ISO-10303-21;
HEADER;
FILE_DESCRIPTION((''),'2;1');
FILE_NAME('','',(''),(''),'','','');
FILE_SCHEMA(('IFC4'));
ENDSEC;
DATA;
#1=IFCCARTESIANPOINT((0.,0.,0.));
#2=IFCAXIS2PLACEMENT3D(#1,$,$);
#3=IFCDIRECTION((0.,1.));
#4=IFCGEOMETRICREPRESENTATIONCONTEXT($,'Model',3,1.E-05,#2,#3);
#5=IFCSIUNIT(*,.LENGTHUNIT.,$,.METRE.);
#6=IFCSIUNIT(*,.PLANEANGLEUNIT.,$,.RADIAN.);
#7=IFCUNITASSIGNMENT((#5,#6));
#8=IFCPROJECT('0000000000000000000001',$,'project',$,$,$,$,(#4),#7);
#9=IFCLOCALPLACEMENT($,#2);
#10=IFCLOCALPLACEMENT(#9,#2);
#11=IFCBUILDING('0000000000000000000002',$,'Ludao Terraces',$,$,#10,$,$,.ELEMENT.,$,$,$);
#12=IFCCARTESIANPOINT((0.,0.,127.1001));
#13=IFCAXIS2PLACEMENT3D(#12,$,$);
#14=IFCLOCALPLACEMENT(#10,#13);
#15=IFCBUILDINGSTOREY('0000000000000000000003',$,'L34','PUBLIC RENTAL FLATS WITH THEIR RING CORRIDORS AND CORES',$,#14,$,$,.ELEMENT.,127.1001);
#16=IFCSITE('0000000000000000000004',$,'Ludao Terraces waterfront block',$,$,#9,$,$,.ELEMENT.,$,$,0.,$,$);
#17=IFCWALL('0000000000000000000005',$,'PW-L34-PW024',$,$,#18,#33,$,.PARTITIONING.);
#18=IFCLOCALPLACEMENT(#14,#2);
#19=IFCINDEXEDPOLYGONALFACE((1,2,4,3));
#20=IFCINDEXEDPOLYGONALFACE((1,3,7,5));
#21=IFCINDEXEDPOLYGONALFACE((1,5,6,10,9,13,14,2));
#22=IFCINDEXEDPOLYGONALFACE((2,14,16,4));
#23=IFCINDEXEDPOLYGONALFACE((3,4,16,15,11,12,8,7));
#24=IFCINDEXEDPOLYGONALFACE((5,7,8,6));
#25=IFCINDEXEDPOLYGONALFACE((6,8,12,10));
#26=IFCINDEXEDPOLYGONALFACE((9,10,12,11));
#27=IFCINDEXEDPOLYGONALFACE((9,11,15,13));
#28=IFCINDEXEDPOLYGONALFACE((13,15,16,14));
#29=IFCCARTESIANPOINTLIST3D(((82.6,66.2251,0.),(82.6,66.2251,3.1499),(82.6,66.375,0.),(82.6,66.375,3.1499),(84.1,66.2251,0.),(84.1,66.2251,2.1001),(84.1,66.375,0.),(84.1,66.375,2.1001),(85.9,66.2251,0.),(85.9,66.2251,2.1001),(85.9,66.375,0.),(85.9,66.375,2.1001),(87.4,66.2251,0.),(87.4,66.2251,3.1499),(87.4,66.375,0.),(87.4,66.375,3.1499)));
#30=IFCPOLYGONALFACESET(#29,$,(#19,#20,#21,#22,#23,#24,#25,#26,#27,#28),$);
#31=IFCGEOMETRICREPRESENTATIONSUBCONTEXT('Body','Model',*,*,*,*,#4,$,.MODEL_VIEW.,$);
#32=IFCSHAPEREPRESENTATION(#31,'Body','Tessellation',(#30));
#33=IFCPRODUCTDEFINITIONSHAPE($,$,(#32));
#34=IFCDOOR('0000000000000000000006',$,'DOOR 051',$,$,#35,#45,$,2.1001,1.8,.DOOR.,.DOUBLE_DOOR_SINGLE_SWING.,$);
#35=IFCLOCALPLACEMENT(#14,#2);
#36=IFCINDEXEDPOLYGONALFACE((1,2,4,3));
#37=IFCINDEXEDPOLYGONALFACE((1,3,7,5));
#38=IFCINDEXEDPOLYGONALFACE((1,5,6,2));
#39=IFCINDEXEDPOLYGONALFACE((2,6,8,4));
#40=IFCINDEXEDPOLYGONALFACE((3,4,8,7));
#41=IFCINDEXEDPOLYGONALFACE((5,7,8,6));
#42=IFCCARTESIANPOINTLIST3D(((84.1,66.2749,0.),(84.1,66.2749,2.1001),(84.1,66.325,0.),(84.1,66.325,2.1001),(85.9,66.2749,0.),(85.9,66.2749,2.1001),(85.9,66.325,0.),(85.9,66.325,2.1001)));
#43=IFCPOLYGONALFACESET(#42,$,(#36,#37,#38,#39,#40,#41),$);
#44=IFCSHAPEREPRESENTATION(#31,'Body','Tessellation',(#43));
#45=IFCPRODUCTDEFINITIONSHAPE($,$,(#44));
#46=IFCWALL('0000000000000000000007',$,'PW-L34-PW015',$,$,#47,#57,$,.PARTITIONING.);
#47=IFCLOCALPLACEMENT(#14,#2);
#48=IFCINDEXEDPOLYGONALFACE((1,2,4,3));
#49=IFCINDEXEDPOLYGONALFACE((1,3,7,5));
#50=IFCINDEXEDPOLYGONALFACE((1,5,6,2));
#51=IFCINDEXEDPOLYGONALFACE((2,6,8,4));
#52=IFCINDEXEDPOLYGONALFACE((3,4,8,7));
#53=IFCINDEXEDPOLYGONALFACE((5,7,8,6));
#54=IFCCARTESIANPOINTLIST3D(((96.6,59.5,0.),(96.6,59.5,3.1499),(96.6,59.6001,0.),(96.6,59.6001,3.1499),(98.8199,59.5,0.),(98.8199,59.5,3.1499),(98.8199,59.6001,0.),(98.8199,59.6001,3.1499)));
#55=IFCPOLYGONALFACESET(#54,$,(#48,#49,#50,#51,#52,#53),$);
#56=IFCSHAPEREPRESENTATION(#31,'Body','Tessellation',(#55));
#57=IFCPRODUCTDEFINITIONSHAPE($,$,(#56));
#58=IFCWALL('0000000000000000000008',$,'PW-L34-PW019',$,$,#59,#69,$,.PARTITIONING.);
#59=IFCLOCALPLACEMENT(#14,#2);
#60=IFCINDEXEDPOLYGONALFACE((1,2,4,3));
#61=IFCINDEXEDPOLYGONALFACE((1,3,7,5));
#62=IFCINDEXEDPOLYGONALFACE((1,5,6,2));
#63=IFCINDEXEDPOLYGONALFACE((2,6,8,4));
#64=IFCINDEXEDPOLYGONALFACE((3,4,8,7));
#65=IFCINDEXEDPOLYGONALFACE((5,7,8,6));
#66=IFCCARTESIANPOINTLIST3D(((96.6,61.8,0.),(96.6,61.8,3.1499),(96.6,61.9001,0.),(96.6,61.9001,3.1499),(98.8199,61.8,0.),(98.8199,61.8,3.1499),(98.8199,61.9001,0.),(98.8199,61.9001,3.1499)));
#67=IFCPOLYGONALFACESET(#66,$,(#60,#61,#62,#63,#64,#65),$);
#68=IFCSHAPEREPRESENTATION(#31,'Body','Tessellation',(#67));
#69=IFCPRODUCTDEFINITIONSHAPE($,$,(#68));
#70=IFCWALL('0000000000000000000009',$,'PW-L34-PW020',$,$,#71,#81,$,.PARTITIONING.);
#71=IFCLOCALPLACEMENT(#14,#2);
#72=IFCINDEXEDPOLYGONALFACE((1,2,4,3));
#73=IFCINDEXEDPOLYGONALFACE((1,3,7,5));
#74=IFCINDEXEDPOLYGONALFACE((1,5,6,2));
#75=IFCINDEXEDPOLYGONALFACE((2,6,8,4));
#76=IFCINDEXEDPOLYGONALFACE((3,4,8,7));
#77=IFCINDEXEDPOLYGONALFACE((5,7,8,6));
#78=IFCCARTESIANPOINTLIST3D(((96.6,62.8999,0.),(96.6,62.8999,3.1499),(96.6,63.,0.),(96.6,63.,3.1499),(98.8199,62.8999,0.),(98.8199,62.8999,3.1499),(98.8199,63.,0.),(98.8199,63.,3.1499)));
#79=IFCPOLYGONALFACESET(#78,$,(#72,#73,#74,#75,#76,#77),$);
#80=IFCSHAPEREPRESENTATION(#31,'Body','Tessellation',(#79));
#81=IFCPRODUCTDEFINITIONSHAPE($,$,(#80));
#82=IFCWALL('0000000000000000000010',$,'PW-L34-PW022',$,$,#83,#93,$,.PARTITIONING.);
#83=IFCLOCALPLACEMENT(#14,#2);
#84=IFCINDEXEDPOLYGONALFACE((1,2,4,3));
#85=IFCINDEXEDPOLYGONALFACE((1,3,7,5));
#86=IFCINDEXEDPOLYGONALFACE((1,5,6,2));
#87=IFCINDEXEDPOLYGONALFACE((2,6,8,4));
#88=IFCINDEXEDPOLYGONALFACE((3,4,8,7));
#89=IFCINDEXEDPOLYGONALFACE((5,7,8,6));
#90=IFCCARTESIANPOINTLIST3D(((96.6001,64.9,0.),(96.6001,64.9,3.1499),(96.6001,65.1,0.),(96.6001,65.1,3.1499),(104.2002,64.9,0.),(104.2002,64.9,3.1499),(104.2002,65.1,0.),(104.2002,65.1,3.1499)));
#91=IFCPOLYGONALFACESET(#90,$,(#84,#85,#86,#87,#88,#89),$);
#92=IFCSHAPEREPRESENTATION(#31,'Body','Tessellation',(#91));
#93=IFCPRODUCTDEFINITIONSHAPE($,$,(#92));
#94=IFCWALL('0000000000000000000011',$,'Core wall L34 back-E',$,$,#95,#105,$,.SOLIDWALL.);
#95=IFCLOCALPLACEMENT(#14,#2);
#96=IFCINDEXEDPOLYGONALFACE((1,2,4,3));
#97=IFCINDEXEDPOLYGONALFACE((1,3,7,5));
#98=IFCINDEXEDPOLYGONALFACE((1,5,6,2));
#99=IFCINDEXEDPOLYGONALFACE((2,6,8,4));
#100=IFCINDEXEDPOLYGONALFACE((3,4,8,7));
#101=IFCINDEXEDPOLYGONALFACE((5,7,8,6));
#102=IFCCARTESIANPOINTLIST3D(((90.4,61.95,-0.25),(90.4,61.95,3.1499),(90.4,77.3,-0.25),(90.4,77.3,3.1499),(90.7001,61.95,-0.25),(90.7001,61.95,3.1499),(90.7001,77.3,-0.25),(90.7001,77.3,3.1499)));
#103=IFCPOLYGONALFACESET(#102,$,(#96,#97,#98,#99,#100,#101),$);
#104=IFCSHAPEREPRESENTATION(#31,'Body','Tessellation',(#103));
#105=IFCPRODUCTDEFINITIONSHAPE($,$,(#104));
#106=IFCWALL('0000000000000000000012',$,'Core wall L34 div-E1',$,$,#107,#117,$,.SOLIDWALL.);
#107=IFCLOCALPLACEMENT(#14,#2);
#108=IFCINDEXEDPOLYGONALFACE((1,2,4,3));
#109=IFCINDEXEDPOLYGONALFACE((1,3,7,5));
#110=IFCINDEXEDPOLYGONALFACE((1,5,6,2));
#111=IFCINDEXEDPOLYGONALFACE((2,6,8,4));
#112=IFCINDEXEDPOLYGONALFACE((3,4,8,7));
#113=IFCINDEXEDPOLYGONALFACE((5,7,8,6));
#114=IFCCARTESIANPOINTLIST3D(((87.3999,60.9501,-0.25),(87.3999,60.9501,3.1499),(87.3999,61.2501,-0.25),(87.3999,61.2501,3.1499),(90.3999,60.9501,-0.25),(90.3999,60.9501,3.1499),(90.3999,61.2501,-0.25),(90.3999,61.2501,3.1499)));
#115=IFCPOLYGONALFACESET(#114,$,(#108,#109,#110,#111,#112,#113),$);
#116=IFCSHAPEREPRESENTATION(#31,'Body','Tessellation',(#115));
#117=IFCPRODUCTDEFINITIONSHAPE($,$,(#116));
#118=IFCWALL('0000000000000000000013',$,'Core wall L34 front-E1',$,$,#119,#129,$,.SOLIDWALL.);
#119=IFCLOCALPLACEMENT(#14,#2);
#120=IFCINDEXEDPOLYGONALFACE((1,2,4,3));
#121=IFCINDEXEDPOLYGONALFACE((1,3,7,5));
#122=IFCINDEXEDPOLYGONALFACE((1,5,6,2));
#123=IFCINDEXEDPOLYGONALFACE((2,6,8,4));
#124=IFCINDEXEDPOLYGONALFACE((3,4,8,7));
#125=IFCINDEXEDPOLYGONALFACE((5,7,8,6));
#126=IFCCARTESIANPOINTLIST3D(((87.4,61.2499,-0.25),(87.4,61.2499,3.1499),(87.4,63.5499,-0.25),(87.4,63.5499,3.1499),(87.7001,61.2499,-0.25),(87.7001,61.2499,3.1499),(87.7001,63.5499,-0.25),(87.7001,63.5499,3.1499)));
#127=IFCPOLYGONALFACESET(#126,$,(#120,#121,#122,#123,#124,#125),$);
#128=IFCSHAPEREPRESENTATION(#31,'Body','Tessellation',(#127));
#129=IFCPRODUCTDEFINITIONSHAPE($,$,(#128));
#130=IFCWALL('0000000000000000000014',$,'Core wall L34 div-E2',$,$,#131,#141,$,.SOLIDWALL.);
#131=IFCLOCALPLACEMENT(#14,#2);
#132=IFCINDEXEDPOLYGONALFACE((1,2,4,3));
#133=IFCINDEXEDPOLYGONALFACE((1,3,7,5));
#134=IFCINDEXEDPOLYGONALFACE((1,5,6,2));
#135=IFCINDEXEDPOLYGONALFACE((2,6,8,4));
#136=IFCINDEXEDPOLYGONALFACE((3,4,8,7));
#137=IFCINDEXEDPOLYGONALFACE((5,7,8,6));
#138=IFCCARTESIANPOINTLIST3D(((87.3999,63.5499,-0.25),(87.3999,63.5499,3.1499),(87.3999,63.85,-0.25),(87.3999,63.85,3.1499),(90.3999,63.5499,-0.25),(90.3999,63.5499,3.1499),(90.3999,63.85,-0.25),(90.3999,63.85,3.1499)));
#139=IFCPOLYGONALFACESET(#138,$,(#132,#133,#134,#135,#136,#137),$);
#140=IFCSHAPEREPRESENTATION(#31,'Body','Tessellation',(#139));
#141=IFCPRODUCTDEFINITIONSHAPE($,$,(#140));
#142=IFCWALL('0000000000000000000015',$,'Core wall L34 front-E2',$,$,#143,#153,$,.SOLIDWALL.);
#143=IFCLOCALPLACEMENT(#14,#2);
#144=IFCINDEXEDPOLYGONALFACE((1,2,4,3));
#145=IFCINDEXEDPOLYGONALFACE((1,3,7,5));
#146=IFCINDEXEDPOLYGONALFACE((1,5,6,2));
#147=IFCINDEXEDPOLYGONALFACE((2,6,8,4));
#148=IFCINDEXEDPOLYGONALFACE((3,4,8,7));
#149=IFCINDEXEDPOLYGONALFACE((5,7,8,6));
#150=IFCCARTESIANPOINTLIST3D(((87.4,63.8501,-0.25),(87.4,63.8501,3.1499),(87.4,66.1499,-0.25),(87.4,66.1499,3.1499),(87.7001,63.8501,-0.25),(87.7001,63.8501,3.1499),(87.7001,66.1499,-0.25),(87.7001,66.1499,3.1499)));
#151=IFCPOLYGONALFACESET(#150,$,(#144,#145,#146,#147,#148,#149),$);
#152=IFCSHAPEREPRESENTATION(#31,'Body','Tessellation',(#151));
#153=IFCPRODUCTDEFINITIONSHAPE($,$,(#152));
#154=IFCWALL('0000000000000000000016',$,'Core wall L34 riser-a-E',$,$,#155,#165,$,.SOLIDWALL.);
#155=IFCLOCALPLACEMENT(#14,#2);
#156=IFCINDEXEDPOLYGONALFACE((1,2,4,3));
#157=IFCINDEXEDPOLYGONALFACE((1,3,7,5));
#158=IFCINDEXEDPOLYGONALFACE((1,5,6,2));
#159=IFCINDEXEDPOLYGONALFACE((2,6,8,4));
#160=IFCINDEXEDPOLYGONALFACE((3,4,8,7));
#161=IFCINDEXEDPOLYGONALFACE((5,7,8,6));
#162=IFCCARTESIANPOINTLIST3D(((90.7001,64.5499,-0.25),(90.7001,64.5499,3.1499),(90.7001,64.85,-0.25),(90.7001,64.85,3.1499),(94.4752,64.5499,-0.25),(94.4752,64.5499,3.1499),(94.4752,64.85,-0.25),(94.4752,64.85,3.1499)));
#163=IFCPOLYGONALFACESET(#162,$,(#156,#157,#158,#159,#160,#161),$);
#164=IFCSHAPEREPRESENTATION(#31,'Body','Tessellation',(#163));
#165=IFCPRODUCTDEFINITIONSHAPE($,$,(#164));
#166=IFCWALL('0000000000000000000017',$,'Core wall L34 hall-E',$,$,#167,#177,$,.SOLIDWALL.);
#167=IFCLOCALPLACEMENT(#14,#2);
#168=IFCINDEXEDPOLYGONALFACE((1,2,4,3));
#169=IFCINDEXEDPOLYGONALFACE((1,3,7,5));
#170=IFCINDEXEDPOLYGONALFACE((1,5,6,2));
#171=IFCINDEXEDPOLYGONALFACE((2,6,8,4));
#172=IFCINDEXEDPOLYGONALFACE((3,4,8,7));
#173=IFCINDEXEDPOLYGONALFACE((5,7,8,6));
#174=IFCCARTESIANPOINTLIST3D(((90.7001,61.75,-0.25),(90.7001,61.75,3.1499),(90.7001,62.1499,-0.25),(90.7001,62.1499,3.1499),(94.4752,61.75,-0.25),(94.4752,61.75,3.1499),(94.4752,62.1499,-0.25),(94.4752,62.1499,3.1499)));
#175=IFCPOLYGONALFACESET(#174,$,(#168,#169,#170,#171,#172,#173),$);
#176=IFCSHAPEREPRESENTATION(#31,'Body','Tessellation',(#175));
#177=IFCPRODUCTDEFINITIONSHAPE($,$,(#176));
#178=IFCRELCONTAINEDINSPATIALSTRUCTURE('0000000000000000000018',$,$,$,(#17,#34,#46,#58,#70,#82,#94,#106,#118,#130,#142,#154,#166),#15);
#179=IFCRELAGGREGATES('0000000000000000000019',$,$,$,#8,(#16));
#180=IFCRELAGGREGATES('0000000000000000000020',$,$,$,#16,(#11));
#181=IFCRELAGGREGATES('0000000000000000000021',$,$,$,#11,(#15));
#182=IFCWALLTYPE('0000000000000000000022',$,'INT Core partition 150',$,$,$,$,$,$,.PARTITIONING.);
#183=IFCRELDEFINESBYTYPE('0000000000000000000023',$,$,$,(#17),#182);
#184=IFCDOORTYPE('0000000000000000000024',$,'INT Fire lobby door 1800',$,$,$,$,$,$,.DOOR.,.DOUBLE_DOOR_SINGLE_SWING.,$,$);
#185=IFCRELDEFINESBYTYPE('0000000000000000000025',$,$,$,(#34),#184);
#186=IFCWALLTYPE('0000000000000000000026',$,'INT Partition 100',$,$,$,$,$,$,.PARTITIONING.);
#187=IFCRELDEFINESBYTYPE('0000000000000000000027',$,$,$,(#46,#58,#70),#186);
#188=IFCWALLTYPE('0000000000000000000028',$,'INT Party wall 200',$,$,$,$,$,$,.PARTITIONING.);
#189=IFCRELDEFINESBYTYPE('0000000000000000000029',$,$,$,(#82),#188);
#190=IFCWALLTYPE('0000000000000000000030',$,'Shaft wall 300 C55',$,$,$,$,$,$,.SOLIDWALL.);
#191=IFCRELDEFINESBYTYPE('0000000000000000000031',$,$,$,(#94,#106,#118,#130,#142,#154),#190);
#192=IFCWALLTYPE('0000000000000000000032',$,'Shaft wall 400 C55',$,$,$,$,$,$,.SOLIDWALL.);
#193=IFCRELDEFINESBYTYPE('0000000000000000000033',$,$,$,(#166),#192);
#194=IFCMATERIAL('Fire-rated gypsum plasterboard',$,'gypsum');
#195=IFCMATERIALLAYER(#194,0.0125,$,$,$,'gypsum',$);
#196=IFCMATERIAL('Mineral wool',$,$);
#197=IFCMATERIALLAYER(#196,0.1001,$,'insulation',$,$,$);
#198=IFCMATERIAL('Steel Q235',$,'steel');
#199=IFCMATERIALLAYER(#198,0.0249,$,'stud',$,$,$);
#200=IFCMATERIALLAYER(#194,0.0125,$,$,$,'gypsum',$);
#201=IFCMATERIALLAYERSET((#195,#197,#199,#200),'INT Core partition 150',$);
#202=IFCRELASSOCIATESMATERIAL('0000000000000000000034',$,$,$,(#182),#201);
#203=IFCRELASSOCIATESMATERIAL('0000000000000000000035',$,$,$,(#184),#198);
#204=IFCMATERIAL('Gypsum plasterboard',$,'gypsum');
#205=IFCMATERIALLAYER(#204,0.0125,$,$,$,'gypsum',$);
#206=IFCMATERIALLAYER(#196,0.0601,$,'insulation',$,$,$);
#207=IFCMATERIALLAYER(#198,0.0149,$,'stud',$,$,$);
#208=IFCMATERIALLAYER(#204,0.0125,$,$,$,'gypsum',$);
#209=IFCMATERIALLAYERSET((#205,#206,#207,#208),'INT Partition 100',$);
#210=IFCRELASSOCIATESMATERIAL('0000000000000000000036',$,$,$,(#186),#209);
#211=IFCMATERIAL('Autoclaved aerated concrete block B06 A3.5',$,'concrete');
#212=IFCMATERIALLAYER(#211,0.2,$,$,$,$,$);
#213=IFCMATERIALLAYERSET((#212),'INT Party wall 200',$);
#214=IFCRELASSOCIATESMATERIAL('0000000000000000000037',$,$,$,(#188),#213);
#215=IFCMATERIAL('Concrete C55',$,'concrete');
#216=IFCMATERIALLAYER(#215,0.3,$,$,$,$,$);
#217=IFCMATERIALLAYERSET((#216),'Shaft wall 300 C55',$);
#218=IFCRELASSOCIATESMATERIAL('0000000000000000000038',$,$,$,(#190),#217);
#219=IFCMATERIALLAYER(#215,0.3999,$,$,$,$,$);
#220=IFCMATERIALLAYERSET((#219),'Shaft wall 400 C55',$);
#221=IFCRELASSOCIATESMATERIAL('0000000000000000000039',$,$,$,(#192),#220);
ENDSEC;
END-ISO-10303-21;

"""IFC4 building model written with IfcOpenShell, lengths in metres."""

from ifc_helpers import new_model, si_unit, direction, frame, frame_2d, origin, place, context, subcontext, project, spatial, rectangle, extrude, material, layer, layer_set, type_object, element, fill, save


model = new_model("IFC4")

# Units and contexts
model_context = context("Model", 3, precision=1e-05, world=origin(), true_north=direction((0.0, 1.0)))
body_context = subcontext(model_context, "Body", "Model", "MODEL_VIEW")
ifc_project = project(units=[si_unit("LENGTHUNIT", "METRE"), si_unit("PLANEANGLEUNIT", "RADIAN")], contexts=[model_context])

# Site, building, storey
site_placement = place(None, origin())
site = spatial("IfcSite", under=ifc_project, at=site_placement, Name="Ludao Terraces waterfront block", CompositionType="ELEMENT", RefElevation=0.0)
building_placement = place(site_placement, origin())
building = spatial("IfcBuilding", under=site, at=building_placement, Name="Ludao Terraces", CompositionType="ELEMENT")
storey_placement = place(building_placement, frame((0.0, 0.0, 127.1001)))
storey = spatial("IfcBuildingStorey", under=building, at=storey_placement, Name="L34", Description="PUBLIC RENTAL FLATS WITH THEIR RING CORRIDORS AND CORES", CompositionType="ELEMENT", Elevation=127.1001)

# Shared definitions
ifc_material_1 = material(Name="Steel Q235", Category="steel")

# Wall, opening, door
ifc_material_2 = material(Name="Fire-rated gypsum plasterboard", Category="gypsum")
ifc_layer_1 = layer(ifc_material_2, 0.0125, Category="gypsum")
ifc_material_3 = material(Name="Mineral wool")
ifc_layer_2 = layer(ifc_material_3, 0.1001, Name="insulation")
ifc_layer_3 = layer(ifc_material_1, 0.0249, Name="stud")
ifc_layer_4 = layer(ifc_material_2, 0.0125, Category="gypsum")
ifc_layer_set_1 = layer_set([ifc_layer_1, ifc_layer_2, ifc_layer_3, ifc_layer_4], Name="INT Core partition 150")
wall_type_1 = type_object("IfcWallType", Name="INT Core partition 150", PredefinedType="PARTITIONING", material=ifc_layer_set_1)
door_type_1 = type_object("IfcDoorType", Name="INT Fire lobby door 1800", OperationType="DOUBLE_DOOR_SINGLE_SWING", PredefinedType="DOOR", material=ifc_material_1)
wall_1_placement = place(storey_placement, frame((82.6001, 66.3, 0.0), z_axis=(0.0, 0.0, 1.0), x_axis=(1.0, 0.0, 0.0)))
wall_1 = element("IfcWall", 1, at=wall_1_placement, inside=storey, type_object=wall_type_1, Name="PW-L34-PW024", PredefinedType="PARTITIONING", context=body_context, shape_type="SweptSolid", body=[
    extrude(rectangle(XDim=4.8, YDim=0.1499, at=frame_2d((2.3999, 0.0))), origin(), (0.0, 0.0, 1.0), 3.1499),
])
opening_1_placement = place(wall_1_placement, frame((1.5, 0.0, 0.0)))
opening_1 = element("IfcOpeningElement", 2, at=opening_1_placement, cuts=wall_1, PredefinedType="OPENING", context=body_context, shape_type="SweptSolid", body=[
    extrude(rectangle(XDim=1.8, YDim=2.1001, at=frame_2d((0.8999, 1.05))), frame((0.0, 0.085, 0.0), z_axis=(0.0, -1.0, 0.0), x_axis=(1.0, 0.0, 0.0)), (0.0, 0.0, 1.0), 0.1699),
])
door_1_placement = place(opening_1_placement, origin())
door_1 = element("IfcDoor", 3, at=door_1_placement, inside=storey, type_object=door_type_1, Name="DOOR 051", OperationType="DOUBLE_DOOR_SINGLE_SWING", OverallHeight=2.1001, OverallWidth=1.8, PredefinedType="DOOR", context=body_context, shape_type="SweptSolid", body=[
    extrude(rectangle(XDim=1.8, YDim=2.1001, at=frame_2d((0.8999, 1.05))), frame((0.0, 0.0249, 0.0), z_axis=(0.0, -1.0, 0.0), x_axis=(1.0, 0.0, 0.0)), (0.0, 0.0, 1.0), 0.05),
])
fill(opening_1, door_1)

# Walls
ifc_material_4 = material(Name="Gypsum plasterboard", Category="gypsum")
ifc_layer_5 = layer(ifc_material_4, 0.0125, Category="gypsum")
ifc_layer_6 = layer(ifc_material_3, 0.0601, Name="insulation")
ifc_layer_7 = layer(ifc_material_1, 0.0149, Name="stud")
ifc_layer_8 = layer(ifc_material_4, 0.0125, Category="gypsum")
ifc_layer_set_2 = layer_set([ifc_layer_5, ifc_layer_6, ifc_layer_7, ifc_layer_8], Name="INT Partition 100")
wall_type_2 = type_object("IfcWallType", Name="INT Partition 100", PredefinedType="PARTITIONING", material=ifc_layer_set_2)
for number, where, z_axis, x_axis, name in (
    (4, (96.6001, 59.55, 0.0), (0.0, 0.0, 1.0), (1.0, 0.0, 0.0), "PW-L34-PW015"),
    (5, (96.6001, 61.8501, 0.0), (0.0, 0.0, 1.0), (1.0, 0.0, 0.0), "PW-L34-PW019"),
    (6, (96.6001, 62.95, 0.0), (0.0, 0.0, 1.0), (1.0, 0.0, 0.0), "PW-L34-PW020"),
):
    element("IfcWall", number, at=place(storey_placement, frame(where, z_axis=z_axis, x_axis=x_axis)), inside=storey, type_object=wall_type_2, Name=name, PredefinedType="PARTITIONING", context=body_context, shape_type="SweptSolid", body=[
        extrude(rectangle(XDim=2.22, YDim=0.1001, at=frame_2d((1.1099, 0.0))), origin(), (0.0, 0.0, 1.0), 3.1499),
    ])
ifc_material_5 = material(Name="Autoclaved aerated concrete block B06 A3.5", Category="concrete")
ifc_layer_9 = layer(ifc_material_5, 0.2)
ifc_layer_set_3 = layer_set([ifc_layer_9], Name="INT Party wall 200")
wall_type_3 = type_object("IfcWallType", Name="INT Party wall 200", PredefinedType="PARTITIONING", material=ifc_layer_set_3)
wall_2_placement = place(storey_placement, frame((96.6001, 65.0, 0.0), z_axis=(0.0, 0.0, 1.0), x_axis=(1.0, 0.0, 0.0)))
element("IfcWall", 7, at=wall_2_placement, inside=storey, type_object=wall_type_3, Name="PW-L34-PW022", PredefinedType="PARTITIONING", context=body_context, shape_type="SweptSolid", body=[
    extrude(rectangle(XDim=7.6001, YDim=0.2, at=frame_2d((3.8, 0.0))), origin(), (0.0, 0.0, 1.0), 3.1499),
])
ifc_material_6 = material(Name="Concrete C55", Category="concrete")
ifc_layer_10 = layer(ifc_material_6, 0.3)
ifc_layer_set_4 = layer_set([ifc_layer_10], Name="Shaft wall 300 C55")
wall_type_4 = type_object("IfcWallType", Name="Shaft wall 300 C55", PredefinedType="SOLIDWALL", material=ifc_layer_set_4)
wall_3_placement = place(storey_placement, frame((90.55, 61.95, -0.25), z_axis=(0.0, 0.0, 1.0), x_axis=(0.0, 1.0, 0.0)))
element("IfcWall", 8, at=wall_3_placement, inside=storey, type_object=wall_type_4, Name="Core wall L34 back-E", PredefinedType="SOLIDWALL", context=body_context, shape_type="SweptSolid", body=[
    extrude(rectangle(XDim=15.3501, YDim=0.3, at=frame_2d((7.675, 0.0))), origin(), (0.0, 0.0, 1.0), 3.3999),
])
wall_4_placement = place(storey_placement, frame((87.3999, 61.1001, -0.25), z_axis=(0.0, 0.0, 1.0), x_axis=(1.0, 0.0, 0.0)))
element("IfcWall", 9, at=wall_4_placement, inside=storey, type_object=wall_type_4, Name="Core wall L34 div-E1", PredefinedType="SOLIDWALL", context=body_context, shape_type="SweptSolid", body=[
    extrude(rectangle(XDim=3.0, YDim=0.3, at=frame_2d((1.5, 0.0))), origin(), (0.0, 0.0, 1.0), 3.3999),
])
wall_5_placement = place(storey_placement, frame((87.55, 61.25, -0.25), z_axis=(0.0, 0.0, 1.0), x_axis=(0.0, 1.0, 0.0)))
element("IfcWall", 10, at=wall_5_placement, inside=storey, type_object=wall_type_4, Name="Core wall L34 front-E1", PredefinedType="SOLIDWALL", context=body_context, shape_type="SweptSolid", body=[
    extrude(rectangle(XDim=2.3, YDim=0.3, at=frame_2d((1.1499, 0.0))), origin(), (0.0, 0.0, 1.0), 3.3999),
])
wall_6_placement = place(storey_placement, frame((87.3999, 63.7, -0.25), z_axis=(0.0, 0.0, 1.0), x_axis=(1.0, 0.0, 0.0)))
element("IfcWall", 11, at=wall_6_placement, inside=storey, type_object=wall_type_4, Name="Core wall L34 div-E2", PredefinedType="SOLIDWALL", context=body_context, shape_type="SweptSolid", body=[
    extrude(rectangle(XDim=3.0, YDim=0.3, at=frame_2d((1.5, 0.0))), origin(), (0.0, 0.0, 1.0), 3.3999),
])
wall_7_placement = place(storey_placement, frame((87.55, 63.8501, -0.25), z_axis=(0.0, 0.0, 1.0), x_axis=(0.0, 1.0, 0.0)))
element("IfcWall", 12, at=wall_7_placement, inside=storey, type_object=wall_type_4, Name="Core wall L34 front-E2", PredefinedType="SOLIDWALL", context=body_context, shape_type="SweptSolid", body=[
    extrude(rectangle(XDim=2.2998, YDim=0.3, at=frame_2d((1.1499, 0.0))), origin(), (0.0, 0.0, 1.0), 3.3999),
])
wall_8_placement = place(storey_placement, frame((90.7, 64.7, -0.25), z_axis=(0.0, 0.0, 1.0), x_axis=(1.0, 0.0, 0.0)))
element("IfcWall", 13, at=wall_8_placement, inside=storey, type_object=wall_type_4, Name="Core wall L34 riser-a-E", PredefinedType="SOLIDWALL", context=body_context, shape_type="SweptSolid", body=[
    extrude(rectangle(XDim=3.7751, YDim=0.3, at=frame_2d((1.8877, 0.0))), origin(), (0.0, 0.0, 1.0), 3.3999),
])
ifc_layer_11 = layer(ifc_material_6, 0.3999)
ifc_layer_set_5 = layer_set([ifc_layer_11], Name="Shaft wall 400 C55")
wall_type_5 = type_object("IfcWallType", Name="Shaft wall 400 C55", PredefinedType="SOLIDWALL", material=ifc_layer_set_5)
wall_9_placement = place(storey_placement, frame((90.7, 61.95, -0.25), z_axis=(0.0, 0.0, 1.0), x_axis=(1.0, 0.0, 0.0)))
element("IfcWall", 14, at=wall_9_placement, inside=storey, type_object=wall_type_5, Name="Core wall L34 hall-E", PredefinedType="SOLIDWALL", context=body_context, shape_type="SweptSolid", body=[
    extrude(rectangle(XDim=3.7751, YDim=0.3999, at=frame_2d((1.8877, 0.0))), origin(), (0.0, 0.0, 1.0), 3.3999),
])

save(model, "model.ifc")
